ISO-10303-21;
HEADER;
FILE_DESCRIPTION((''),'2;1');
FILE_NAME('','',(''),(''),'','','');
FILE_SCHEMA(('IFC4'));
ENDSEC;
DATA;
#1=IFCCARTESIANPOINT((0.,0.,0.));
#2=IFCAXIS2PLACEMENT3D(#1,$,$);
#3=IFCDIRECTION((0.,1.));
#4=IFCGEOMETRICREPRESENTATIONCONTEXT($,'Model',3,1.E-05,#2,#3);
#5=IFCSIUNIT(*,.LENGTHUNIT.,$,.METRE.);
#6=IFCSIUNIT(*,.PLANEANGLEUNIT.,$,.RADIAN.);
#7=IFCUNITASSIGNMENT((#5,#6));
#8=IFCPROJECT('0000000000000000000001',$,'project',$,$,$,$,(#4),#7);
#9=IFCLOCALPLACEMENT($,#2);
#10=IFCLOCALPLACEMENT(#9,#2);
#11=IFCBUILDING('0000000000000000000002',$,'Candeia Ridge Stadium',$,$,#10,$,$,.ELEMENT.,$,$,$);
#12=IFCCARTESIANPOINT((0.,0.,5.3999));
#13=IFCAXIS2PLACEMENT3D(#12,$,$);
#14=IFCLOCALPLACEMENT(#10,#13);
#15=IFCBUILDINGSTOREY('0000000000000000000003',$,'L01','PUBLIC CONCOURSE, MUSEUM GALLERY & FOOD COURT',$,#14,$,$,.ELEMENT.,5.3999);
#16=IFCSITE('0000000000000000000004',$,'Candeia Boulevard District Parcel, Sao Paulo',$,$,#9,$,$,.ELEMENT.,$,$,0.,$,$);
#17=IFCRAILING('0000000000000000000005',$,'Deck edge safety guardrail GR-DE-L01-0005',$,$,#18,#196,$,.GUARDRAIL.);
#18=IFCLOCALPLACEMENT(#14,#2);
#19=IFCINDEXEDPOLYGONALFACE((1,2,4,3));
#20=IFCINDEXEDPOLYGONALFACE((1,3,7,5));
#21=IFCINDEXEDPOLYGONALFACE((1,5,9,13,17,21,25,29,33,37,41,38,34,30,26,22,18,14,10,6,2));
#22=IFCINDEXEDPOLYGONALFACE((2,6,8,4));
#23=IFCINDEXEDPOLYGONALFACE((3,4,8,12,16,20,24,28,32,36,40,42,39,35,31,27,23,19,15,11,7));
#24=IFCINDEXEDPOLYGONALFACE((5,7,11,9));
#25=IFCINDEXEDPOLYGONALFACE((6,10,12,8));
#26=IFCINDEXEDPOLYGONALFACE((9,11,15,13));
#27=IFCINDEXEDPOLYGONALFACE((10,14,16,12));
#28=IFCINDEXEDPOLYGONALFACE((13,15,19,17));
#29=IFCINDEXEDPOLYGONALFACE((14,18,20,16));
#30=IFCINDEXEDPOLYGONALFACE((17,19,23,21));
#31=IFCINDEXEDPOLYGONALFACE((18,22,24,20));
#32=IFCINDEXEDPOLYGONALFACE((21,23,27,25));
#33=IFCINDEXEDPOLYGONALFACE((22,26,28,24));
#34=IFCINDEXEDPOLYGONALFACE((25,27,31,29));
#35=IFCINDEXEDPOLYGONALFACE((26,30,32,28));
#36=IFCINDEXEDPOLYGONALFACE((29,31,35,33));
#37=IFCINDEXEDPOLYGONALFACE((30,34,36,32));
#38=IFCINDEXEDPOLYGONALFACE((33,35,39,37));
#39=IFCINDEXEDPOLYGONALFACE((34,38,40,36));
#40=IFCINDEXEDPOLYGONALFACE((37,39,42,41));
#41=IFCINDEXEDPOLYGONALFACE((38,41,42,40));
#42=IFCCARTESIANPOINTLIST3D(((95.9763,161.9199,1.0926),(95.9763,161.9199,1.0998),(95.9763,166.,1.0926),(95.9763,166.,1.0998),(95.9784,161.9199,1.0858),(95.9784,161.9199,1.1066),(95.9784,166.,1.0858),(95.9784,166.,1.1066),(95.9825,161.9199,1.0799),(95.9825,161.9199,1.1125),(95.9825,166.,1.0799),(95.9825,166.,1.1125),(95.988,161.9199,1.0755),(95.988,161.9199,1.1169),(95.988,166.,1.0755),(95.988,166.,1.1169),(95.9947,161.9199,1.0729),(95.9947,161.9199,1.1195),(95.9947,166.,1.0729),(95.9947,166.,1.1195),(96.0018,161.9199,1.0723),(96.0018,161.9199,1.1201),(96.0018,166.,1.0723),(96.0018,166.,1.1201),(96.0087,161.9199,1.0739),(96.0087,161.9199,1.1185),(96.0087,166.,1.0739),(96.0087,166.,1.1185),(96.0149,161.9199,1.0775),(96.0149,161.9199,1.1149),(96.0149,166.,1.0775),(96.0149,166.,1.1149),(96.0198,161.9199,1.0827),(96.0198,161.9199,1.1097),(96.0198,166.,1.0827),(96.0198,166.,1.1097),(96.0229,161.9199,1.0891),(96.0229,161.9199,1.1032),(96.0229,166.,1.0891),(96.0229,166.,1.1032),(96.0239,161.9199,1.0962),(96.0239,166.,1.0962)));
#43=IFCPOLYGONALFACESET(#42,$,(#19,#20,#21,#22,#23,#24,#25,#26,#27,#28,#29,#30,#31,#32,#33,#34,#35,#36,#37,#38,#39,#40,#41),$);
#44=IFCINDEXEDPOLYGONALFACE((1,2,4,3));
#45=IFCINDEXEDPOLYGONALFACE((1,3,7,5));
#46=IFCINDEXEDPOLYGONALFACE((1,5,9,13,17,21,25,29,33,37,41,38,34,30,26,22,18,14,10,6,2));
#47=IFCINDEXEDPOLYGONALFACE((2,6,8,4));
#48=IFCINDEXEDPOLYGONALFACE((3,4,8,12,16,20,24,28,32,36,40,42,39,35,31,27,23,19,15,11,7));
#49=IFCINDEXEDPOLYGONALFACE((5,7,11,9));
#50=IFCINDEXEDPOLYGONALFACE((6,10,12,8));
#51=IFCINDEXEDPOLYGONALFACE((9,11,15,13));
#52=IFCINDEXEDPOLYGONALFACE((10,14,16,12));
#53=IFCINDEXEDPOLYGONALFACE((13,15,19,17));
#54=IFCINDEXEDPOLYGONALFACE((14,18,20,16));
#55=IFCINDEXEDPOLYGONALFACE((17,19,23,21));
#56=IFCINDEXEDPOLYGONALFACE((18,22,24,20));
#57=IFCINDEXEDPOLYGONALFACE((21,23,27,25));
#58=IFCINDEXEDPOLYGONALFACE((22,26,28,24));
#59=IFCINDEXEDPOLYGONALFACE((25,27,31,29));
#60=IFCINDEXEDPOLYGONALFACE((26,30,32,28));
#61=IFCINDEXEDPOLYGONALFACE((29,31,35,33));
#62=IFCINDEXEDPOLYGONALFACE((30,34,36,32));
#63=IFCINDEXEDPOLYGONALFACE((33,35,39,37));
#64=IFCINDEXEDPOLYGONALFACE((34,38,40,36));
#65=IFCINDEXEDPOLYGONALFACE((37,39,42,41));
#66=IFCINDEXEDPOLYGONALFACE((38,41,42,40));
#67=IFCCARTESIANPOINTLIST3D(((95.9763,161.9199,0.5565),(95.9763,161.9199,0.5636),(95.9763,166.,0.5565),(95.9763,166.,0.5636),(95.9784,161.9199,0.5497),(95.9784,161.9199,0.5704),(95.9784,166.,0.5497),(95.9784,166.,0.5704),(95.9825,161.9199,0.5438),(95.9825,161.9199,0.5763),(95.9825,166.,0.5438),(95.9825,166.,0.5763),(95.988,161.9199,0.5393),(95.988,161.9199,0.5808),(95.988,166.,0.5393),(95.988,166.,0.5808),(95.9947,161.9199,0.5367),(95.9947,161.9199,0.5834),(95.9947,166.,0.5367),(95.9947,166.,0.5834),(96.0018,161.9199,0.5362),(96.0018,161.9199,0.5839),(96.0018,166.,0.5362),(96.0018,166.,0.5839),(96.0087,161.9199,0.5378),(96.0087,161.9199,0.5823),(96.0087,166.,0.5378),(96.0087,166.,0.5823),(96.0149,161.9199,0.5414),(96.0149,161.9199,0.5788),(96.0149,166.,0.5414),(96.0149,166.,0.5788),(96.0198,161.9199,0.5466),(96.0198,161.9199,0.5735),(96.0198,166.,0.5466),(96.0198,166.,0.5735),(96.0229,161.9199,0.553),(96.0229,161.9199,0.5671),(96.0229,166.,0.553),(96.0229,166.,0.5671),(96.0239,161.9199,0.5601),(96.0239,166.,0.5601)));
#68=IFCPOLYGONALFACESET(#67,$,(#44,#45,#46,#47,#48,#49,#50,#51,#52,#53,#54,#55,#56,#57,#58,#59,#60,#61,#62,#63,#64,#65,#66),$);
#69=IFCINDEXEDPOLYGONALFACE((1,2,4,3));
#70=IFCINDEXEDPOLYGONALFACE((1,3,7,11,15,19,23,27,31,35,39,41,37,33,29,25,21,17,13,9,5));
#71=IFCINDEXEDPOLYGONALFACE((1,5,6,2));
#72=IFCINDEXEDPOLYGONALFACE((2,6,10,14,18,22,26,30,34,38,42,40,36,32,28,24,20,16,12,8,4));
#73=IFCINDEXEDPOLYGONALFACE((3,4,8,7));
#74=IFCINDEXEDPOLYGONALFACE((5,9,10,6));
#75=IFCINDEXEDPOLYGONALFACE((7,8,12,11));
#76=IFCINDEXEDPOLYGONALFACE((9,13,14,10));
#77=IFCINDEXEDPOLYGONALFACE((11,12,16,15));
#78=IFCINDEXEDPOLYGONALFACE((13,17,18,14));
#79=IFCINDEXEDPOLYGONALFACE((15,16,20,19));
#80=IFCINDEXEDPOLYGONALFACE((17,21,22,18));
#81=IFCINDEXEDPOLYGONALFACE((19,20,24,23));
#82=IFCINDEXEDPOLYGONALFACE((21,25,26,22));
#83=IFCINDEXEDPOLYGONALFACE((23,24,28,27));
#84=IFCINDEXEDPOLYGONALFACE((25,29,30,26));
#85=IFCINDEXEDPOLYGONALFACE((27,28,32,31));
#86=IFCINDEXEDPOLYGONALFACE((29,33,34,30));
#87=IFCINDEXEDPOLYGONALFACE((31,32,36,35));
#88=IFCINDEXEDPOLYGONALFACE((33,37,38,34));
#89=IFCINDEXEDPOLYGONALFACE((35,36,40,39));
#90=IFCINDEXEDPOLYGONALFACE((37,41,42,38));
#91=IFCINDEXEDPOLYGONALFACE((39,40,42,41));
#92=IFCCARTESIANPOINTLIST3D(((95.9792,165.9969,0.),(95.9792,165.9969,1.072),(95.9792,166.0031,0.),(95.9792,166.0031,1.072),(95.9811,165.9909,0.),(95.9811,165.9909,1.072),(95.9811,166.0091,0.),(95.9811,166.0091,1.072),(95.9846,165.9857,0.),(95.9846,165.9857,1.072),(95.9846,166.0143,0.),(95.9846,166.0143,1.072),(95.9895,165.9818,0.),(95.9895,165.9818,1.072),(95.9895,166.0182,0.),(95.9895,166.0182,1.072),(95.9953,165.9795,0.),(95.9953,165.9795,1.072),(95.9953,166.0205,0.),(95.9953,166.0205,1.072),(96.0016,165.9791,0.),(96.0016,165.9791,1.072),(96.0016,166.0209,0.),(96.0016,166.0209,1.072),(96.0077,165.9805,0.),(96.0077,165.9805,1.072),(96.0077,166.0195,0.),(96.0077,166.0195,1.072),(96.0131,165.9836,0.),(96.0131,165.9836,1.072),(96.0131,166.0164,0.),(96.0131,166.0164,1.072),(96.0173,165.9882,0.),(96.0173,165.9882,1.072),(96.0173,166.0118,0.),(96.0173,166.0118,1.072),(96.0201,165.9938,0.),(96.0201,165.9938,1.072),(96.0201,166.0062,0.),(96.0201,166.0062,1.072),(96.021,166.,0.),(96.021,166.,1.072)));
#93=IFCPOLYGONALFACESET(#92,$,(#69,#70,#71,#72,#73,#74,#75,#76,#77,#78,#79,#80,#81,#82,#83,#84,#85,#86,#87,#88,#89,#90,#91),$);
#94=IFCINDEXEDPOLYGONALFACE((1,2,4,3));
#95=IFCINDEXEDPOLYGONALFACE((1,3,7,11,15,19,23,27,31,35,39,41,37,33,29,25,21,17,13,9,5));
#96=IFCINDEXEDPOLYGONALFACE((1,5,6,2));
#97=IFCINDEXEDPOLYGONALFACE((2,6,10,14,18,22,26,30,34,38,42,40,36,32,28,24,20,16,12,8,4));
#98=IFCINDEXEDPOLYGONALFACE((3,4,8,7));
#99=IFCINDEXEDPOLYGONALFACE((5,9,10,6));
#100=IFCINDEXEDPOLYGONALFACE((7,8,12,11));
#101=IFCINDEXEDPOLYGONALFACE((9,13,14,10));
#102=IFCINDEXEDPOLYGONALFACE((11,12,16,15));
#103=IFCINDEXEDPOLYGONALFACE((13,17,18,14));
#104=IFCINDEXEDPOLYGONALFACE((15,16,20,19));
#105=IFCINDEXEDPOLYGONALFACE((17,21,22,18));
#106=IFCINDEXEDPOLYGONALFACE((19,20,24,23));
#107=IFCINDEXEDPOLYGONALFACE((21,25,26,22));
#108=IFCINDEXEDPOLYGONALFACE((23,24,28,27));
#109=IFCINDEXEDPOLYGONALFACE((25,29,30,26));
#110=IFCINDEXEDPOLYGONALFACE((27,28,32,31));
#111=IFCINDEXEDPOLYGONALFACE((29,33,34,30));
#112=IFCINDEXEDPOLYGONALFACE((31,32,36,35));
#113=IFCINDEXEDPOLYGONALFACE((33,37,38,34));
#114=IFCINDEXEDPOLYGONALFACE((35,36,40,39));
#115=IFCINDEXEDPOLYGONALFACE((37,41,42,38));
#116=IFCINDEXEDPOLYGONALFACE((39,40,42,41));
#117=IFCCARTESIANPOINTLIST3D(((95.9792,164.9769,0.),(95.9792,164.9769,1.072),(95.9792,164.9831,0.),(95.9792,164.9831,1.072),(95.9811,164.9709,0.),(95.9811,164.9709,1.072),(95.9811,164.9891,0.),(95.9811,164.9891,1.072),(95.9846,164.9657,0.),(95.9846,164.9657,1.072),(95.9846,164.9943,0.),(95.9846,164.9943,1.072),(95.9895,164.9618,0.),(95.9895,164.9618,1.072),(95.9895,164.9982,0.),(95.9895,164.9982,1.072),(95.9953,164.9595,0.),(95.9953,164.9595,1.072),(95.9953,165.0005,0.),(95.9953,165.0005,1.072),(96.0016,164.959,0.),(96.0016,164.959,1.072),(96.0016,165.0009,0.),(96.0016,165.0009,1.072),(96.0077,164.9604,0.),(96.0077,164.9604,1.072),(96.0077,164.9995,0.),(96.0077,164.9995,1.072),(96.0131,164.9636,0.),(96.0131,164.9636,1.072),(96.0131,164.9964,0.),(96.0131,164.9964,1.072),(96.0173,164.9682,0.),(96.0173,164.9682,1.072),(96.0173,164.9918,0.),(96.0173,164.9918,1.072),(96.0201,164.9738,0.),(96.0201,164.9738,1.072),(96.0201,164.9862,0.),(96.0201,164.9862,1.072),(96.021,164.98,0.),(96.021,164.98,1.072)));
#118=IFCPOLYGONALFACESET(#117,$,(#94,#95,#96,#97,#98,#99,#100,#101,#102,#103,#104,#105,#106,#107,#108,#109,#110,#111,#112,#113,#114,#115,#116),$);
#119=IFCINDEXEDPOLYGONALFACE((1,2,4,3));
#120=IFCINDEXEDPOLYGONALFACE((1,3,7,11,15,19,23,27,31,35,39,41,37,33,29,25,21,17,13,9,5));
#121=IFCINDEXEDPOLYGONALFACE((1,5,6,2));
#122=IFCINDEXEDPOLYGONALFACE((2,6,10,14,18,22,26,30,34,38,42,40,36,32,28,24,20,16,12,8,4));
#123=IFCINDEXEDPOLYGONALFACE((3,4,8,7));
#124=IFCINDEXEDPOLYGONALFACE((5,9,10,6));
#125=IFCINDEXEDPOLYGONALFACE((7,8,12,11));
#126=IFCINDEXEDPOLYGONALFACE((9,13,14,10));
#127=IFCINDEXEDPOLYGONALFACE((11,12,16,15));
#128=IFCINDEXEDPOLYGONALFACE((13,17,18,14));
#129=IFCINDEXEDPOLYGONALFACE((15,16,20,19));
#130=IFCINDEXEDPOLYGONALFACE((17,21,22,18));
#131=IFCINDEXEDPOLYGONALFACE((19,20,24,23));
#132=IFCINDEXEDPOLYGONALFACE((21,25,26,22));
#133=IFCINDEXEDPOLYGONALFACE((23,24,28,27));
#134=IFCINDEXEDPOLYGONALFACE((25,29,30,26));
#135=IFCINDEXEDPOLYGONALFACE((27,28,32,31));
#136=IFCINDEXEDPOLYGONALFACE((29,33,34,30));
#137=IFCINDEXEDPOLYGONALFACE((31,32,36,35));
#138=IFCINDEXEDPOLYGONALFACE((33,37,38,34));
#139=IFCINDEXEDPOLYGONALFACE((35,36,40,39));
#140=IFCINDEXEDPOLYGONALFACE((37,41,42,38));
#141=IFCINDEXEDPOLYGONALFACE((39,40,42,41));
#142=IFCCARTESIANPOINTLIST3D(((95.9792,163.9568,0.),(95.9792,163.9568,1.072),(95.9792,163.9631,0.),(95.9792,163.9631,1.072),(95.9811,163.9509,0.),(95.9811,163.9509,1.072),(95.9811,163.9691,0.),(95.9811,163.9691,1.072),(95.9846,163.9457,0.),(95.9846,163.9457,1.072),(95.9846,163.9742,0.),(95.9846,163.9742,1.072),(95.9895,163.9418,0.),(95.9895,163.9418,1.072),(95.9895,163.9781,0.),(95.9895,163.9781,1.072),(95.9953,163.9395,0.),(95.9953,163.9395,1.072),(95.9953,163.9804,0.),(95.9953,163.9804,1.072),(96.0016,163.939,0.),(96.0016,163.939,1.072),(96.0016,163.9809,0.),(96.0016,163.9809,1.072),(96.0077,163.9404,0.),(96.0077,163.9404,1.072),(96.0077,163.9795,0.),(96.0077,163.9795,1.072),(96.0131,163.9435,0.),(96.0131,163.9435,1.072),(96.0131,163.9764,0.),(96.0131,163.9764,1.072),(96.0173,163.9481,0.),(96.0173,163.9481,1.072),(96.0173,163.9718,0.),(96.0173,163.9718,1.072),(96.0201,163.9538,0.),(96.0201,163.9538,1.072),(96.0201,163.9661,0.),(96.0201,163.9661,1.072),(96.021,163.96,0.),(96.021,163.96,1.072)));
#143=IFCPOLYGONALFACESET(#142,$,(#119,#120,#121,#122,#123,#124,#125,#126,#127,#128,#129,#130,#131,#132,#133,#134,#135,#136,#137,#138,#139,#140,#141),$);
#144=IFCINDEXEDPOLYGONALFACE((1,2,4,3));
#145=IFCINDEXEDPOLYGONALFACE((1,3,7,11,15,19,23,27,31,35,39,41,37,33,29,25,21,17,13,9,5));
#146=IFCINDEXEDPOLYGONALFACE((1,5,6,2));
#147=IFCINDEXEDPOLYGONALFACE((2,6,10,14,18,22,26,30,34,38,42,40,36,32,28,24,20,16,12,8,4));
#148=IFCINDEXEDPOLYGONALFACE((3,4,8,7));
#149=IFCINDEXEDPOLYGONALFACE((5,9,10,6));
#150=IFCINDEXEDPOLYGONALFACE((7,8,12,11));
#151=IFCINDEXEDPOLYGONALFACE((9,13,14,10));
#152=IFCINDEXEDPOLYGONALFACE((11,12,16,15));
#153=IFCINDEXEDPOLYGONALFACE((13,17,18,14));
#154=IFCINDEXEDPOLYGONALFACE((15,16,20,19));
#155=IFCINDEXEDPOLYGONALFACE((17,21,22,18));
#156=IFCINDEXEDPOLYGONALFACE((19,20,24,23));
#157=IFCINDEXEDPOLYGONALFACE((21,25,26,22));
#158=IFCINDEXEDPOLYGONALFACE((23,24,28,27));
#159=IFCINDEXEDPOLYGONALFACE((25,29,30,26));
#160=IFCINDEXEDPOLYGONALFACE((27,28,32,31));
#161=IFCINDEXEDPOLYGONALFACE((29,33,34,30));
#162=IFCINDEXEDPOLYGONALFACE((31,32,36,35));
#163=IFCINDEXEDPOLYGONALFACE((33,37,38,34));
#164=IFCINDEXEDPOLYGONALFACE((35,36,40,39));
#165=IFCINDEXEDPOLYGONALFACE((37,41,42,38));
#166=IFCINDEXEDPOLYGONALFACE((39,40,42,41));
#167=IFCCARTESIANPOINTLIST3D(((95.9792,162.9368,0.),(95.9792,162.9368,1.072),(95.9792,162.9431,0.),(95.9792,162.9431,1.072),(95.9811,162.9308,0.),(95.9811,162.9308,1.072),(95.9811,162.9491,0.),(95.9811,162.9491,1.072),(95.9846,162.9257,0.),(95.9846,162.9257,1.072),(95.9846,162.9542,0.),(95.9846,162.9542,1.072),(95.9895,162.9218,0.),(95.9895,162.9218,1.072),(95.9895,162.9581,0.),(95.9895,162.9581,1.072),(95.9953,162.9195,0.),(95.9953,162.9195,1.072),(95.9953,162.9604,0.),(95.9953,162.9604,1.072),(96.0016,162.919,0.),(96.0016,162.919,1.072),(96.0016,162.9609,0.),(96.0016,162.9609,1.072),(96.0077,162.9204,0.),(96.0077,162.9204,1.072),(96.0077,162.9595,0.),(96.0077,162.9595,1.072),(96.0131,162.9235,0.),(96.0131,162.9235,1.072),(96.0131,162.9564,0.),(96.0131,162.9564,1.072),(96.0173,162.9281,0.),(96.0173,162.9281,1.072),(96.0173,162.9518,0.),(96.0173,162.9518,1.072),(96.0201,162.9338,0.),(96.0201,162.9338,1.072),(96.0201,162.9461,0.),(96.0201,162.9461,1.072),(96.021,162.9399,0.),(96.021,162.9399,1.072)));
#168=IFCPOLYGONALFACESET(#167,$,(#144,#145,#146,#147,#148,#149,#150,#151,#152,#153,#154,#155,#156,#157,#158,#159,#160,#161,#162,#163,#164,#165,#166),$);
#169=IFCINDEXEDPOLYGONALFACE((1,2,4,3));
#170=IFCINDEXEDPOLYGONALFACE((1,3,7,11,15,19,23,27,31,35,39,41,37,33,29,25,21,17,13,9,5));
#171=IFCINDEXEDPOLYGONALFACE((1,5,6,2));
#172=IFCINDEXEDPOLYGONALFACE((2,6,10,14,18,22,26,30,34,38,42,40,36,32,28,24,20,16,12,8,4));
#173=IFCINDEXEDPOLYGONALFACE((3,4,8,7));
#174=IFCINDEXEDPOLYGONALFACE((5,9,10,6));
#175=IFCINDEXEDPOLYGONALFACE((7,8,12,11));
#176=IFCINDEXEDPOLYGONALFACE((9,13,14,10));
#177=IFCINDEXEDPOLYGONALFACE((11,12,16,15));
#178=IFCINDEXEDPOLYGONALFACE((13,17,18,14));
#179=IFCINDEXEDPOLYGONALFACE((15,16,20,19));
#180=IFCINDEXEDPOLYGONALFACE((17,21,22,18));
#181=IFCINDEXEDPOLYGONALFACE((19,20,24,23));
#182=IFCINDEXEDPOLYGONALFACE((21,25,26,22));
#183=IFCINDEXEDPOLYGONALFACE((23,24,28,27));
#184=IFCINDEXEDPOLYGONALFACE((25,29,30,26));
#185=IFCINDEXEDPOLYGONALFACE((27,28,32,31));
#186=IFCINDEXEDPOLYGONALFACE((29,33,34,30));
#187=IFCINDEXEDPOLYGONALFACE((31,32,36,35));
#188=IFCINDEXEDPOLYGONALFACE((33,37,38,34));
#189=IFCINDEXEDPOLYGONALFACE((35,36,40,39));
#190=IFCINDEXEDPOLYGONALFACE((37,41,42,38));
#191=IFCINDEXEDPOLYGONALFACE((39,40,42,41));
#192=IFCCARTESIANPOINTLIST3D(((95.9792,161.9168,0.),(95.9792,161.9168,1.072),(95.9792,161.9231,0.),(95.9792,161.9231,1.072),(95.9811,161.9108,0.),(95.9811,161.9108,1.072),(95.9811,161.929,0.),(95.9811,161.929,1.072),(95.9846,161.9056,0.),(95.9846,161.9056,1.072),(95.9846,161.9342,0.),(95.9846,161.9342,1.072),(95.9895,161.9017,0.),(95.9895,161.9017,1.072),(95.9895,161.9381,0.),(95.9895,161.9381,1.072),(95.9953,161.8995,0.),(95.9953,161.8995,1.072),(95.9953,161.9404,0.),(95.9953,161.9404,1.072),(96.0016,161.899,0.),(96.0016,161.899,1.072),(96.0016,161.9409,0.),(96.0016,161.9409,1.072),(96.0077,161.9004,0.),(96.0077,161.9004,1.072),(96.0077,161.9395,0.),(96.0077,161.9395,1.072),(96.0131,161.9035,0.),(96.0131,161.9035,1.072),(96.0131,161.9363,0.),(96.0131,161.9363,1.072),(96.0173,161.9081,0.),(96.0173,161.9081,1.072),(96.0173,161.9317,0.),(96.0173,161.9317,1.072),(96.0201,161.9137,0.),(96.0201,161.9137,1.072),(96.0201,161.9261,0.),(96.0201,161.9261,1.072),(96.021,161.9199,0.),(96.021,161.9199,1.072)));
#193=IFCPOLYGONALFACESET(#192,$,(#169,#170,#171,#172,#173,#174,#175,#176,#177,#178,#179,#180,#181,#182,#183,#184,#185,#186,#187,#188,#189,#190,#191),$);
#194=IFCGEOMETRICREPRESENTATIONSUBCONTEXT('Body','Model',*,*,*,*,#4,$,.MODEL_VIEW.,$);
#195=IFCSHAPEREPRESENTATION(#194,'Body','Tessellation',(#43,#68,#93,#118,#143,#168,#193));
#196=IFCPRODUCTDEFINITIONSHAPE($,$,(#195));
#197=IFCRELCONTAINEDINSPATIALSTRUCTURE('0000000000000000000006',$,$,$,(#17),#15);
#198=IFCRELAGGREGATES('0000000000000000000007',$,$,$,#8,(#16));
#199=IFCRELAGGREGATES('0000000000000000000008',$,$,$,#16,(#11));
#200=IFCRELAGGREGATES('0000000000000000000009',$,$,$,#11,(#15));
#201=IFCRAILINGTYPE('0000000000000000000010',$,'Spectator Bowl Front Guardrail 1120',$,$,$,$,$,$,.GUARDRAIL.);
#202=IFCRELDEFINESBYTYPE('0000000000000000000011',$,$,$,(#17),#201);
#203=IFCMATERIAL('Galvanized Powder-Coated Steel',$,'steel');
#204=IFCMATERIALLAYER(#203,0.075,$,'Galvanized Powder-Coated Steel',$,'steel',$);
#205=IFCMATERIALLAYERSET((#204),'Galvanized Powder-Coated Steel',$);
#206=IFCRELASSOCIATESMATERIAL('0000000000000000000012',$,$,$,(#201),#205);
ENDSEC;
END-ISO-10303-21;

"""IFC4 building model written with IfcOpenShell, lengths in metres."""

from ifc_helpers import new_model, si_unit, direction, frame, origin, origin_2d, place, context, subcontext, project, spatial, circle, extrude, material, layer, layer_set, type_object, element, save


model = new_model("IFC4")

# Units and contexts
model_context = context("Model", 3, precision=1e-05, world=origin(), true_north=direction((0.0, 1.0)))
body_context = subcontext(model_context, "Body", "Model", "MODEL_VIEW")
ifc_project = project(units=[si_unit("LENGTHUNIT", "METRE"), si_unit("PLANEANGLEUNIT", "RADIAN")], contexts=[model_context])

# Site, building, storey
site_placement = place(None, origin())
site = spatial("IfcSite", under=ifc_project, at=site_placement, Name="Candeia Boulevard District Parcel, Sao Paulo", CompositionType="ELEMENT", RefElevation=0.0)
building_placement = place(site_placement, origin())
building = spatial("IfcBuilding", under=site, at=building_placement, Name="Candeia Ridge Stadium", CompositionType="ELEMENT")
storey_placement = place(building_placement, frame((0.0, 0.0, 5.3999)))
storey = spatial("IfcBuildingStorey", under=building, at=storey_placement, Name="L01", Description="PUBLIC CONCOURSE, MUSEUM GALLERY & FOOD COURT", CompositionType="ELEMENT", Elevation=5.3999)

# Railing
ifc_material_1 = material(Name="Galvanized Powder-Coated Steel", Category="steel")
ifc_layer_1 = layer(ifc_material_1, 0.075, Name="Galvanized Powder-Coated Steel", Category="steel")
ifc_layer_set_1 = layer_set([ifc_layer_1], Name="Galvanized Powder-Coated Steel")
railing_type = type_object("IfcRailingType", Name="Spectator Bowl Front Guardrail 1120", PredefinedType="GUARDRAIL", material=ifc_layer_set_1)
railing_1_placement = place(storey_placement, frame((96.0, 166.0, 0.0)))
element("IfcRailing", 1, at=railing_1_placement, inside=storey, type_object=railing_type, Name="Deck edge safety guardrail GR-DE-L01-0005", PredefinedType="GUARDRAIL", context=body_context, shape_type="SweptSolid", body=[
    extrude(circle(Radius=0.0239, at=origin_2d()), frame((0.0, 0.0, 1.0962), z_axis=(0.0, -1.0, 0.0), x_axis=(1.0, 0.0, 0.0)), (0.0, 0.0, 1.0), 4.0801),
    extrude(circle(Radius=0.0239, at=origin_2d()), frame((0.0, 0.0, 0.5601), z_axis=(0.0, -1.0, 0.0), x_axis=(1.0, 0.0, 0.0)), (0.0, 0.0, 1.0), 4.0801),
    extrude(circle(Radius=0.021, at=origin_2d()), origin(), (0.0, 0.0, 1.0), 1.072),
    extrude(circle(Radius=0.021, at=origin_2d()), frame((0.0, -1.02, 0.0)), (0.0, 0.0, 1.0), 1.072),
    extrude(circle(Radius=0.021, at=origin_2d()), frame((0.0, -2.04, 0.0)), (0.0, 0.0, 1.0), 1.072),
    extrude(circle(Radius=0.021, at=origin_2d()), frame((0.0, -3.0601, 0.0)), (0.0, 0.0, 1.0), 1.072),
    extrude(circle(Radius=0.021, at=origin_2d()), frame((0.0, -4.0801, 0.0)), (0.0, 0.0, 1.0), 1.072),
])

save(model, "model.ifc")
